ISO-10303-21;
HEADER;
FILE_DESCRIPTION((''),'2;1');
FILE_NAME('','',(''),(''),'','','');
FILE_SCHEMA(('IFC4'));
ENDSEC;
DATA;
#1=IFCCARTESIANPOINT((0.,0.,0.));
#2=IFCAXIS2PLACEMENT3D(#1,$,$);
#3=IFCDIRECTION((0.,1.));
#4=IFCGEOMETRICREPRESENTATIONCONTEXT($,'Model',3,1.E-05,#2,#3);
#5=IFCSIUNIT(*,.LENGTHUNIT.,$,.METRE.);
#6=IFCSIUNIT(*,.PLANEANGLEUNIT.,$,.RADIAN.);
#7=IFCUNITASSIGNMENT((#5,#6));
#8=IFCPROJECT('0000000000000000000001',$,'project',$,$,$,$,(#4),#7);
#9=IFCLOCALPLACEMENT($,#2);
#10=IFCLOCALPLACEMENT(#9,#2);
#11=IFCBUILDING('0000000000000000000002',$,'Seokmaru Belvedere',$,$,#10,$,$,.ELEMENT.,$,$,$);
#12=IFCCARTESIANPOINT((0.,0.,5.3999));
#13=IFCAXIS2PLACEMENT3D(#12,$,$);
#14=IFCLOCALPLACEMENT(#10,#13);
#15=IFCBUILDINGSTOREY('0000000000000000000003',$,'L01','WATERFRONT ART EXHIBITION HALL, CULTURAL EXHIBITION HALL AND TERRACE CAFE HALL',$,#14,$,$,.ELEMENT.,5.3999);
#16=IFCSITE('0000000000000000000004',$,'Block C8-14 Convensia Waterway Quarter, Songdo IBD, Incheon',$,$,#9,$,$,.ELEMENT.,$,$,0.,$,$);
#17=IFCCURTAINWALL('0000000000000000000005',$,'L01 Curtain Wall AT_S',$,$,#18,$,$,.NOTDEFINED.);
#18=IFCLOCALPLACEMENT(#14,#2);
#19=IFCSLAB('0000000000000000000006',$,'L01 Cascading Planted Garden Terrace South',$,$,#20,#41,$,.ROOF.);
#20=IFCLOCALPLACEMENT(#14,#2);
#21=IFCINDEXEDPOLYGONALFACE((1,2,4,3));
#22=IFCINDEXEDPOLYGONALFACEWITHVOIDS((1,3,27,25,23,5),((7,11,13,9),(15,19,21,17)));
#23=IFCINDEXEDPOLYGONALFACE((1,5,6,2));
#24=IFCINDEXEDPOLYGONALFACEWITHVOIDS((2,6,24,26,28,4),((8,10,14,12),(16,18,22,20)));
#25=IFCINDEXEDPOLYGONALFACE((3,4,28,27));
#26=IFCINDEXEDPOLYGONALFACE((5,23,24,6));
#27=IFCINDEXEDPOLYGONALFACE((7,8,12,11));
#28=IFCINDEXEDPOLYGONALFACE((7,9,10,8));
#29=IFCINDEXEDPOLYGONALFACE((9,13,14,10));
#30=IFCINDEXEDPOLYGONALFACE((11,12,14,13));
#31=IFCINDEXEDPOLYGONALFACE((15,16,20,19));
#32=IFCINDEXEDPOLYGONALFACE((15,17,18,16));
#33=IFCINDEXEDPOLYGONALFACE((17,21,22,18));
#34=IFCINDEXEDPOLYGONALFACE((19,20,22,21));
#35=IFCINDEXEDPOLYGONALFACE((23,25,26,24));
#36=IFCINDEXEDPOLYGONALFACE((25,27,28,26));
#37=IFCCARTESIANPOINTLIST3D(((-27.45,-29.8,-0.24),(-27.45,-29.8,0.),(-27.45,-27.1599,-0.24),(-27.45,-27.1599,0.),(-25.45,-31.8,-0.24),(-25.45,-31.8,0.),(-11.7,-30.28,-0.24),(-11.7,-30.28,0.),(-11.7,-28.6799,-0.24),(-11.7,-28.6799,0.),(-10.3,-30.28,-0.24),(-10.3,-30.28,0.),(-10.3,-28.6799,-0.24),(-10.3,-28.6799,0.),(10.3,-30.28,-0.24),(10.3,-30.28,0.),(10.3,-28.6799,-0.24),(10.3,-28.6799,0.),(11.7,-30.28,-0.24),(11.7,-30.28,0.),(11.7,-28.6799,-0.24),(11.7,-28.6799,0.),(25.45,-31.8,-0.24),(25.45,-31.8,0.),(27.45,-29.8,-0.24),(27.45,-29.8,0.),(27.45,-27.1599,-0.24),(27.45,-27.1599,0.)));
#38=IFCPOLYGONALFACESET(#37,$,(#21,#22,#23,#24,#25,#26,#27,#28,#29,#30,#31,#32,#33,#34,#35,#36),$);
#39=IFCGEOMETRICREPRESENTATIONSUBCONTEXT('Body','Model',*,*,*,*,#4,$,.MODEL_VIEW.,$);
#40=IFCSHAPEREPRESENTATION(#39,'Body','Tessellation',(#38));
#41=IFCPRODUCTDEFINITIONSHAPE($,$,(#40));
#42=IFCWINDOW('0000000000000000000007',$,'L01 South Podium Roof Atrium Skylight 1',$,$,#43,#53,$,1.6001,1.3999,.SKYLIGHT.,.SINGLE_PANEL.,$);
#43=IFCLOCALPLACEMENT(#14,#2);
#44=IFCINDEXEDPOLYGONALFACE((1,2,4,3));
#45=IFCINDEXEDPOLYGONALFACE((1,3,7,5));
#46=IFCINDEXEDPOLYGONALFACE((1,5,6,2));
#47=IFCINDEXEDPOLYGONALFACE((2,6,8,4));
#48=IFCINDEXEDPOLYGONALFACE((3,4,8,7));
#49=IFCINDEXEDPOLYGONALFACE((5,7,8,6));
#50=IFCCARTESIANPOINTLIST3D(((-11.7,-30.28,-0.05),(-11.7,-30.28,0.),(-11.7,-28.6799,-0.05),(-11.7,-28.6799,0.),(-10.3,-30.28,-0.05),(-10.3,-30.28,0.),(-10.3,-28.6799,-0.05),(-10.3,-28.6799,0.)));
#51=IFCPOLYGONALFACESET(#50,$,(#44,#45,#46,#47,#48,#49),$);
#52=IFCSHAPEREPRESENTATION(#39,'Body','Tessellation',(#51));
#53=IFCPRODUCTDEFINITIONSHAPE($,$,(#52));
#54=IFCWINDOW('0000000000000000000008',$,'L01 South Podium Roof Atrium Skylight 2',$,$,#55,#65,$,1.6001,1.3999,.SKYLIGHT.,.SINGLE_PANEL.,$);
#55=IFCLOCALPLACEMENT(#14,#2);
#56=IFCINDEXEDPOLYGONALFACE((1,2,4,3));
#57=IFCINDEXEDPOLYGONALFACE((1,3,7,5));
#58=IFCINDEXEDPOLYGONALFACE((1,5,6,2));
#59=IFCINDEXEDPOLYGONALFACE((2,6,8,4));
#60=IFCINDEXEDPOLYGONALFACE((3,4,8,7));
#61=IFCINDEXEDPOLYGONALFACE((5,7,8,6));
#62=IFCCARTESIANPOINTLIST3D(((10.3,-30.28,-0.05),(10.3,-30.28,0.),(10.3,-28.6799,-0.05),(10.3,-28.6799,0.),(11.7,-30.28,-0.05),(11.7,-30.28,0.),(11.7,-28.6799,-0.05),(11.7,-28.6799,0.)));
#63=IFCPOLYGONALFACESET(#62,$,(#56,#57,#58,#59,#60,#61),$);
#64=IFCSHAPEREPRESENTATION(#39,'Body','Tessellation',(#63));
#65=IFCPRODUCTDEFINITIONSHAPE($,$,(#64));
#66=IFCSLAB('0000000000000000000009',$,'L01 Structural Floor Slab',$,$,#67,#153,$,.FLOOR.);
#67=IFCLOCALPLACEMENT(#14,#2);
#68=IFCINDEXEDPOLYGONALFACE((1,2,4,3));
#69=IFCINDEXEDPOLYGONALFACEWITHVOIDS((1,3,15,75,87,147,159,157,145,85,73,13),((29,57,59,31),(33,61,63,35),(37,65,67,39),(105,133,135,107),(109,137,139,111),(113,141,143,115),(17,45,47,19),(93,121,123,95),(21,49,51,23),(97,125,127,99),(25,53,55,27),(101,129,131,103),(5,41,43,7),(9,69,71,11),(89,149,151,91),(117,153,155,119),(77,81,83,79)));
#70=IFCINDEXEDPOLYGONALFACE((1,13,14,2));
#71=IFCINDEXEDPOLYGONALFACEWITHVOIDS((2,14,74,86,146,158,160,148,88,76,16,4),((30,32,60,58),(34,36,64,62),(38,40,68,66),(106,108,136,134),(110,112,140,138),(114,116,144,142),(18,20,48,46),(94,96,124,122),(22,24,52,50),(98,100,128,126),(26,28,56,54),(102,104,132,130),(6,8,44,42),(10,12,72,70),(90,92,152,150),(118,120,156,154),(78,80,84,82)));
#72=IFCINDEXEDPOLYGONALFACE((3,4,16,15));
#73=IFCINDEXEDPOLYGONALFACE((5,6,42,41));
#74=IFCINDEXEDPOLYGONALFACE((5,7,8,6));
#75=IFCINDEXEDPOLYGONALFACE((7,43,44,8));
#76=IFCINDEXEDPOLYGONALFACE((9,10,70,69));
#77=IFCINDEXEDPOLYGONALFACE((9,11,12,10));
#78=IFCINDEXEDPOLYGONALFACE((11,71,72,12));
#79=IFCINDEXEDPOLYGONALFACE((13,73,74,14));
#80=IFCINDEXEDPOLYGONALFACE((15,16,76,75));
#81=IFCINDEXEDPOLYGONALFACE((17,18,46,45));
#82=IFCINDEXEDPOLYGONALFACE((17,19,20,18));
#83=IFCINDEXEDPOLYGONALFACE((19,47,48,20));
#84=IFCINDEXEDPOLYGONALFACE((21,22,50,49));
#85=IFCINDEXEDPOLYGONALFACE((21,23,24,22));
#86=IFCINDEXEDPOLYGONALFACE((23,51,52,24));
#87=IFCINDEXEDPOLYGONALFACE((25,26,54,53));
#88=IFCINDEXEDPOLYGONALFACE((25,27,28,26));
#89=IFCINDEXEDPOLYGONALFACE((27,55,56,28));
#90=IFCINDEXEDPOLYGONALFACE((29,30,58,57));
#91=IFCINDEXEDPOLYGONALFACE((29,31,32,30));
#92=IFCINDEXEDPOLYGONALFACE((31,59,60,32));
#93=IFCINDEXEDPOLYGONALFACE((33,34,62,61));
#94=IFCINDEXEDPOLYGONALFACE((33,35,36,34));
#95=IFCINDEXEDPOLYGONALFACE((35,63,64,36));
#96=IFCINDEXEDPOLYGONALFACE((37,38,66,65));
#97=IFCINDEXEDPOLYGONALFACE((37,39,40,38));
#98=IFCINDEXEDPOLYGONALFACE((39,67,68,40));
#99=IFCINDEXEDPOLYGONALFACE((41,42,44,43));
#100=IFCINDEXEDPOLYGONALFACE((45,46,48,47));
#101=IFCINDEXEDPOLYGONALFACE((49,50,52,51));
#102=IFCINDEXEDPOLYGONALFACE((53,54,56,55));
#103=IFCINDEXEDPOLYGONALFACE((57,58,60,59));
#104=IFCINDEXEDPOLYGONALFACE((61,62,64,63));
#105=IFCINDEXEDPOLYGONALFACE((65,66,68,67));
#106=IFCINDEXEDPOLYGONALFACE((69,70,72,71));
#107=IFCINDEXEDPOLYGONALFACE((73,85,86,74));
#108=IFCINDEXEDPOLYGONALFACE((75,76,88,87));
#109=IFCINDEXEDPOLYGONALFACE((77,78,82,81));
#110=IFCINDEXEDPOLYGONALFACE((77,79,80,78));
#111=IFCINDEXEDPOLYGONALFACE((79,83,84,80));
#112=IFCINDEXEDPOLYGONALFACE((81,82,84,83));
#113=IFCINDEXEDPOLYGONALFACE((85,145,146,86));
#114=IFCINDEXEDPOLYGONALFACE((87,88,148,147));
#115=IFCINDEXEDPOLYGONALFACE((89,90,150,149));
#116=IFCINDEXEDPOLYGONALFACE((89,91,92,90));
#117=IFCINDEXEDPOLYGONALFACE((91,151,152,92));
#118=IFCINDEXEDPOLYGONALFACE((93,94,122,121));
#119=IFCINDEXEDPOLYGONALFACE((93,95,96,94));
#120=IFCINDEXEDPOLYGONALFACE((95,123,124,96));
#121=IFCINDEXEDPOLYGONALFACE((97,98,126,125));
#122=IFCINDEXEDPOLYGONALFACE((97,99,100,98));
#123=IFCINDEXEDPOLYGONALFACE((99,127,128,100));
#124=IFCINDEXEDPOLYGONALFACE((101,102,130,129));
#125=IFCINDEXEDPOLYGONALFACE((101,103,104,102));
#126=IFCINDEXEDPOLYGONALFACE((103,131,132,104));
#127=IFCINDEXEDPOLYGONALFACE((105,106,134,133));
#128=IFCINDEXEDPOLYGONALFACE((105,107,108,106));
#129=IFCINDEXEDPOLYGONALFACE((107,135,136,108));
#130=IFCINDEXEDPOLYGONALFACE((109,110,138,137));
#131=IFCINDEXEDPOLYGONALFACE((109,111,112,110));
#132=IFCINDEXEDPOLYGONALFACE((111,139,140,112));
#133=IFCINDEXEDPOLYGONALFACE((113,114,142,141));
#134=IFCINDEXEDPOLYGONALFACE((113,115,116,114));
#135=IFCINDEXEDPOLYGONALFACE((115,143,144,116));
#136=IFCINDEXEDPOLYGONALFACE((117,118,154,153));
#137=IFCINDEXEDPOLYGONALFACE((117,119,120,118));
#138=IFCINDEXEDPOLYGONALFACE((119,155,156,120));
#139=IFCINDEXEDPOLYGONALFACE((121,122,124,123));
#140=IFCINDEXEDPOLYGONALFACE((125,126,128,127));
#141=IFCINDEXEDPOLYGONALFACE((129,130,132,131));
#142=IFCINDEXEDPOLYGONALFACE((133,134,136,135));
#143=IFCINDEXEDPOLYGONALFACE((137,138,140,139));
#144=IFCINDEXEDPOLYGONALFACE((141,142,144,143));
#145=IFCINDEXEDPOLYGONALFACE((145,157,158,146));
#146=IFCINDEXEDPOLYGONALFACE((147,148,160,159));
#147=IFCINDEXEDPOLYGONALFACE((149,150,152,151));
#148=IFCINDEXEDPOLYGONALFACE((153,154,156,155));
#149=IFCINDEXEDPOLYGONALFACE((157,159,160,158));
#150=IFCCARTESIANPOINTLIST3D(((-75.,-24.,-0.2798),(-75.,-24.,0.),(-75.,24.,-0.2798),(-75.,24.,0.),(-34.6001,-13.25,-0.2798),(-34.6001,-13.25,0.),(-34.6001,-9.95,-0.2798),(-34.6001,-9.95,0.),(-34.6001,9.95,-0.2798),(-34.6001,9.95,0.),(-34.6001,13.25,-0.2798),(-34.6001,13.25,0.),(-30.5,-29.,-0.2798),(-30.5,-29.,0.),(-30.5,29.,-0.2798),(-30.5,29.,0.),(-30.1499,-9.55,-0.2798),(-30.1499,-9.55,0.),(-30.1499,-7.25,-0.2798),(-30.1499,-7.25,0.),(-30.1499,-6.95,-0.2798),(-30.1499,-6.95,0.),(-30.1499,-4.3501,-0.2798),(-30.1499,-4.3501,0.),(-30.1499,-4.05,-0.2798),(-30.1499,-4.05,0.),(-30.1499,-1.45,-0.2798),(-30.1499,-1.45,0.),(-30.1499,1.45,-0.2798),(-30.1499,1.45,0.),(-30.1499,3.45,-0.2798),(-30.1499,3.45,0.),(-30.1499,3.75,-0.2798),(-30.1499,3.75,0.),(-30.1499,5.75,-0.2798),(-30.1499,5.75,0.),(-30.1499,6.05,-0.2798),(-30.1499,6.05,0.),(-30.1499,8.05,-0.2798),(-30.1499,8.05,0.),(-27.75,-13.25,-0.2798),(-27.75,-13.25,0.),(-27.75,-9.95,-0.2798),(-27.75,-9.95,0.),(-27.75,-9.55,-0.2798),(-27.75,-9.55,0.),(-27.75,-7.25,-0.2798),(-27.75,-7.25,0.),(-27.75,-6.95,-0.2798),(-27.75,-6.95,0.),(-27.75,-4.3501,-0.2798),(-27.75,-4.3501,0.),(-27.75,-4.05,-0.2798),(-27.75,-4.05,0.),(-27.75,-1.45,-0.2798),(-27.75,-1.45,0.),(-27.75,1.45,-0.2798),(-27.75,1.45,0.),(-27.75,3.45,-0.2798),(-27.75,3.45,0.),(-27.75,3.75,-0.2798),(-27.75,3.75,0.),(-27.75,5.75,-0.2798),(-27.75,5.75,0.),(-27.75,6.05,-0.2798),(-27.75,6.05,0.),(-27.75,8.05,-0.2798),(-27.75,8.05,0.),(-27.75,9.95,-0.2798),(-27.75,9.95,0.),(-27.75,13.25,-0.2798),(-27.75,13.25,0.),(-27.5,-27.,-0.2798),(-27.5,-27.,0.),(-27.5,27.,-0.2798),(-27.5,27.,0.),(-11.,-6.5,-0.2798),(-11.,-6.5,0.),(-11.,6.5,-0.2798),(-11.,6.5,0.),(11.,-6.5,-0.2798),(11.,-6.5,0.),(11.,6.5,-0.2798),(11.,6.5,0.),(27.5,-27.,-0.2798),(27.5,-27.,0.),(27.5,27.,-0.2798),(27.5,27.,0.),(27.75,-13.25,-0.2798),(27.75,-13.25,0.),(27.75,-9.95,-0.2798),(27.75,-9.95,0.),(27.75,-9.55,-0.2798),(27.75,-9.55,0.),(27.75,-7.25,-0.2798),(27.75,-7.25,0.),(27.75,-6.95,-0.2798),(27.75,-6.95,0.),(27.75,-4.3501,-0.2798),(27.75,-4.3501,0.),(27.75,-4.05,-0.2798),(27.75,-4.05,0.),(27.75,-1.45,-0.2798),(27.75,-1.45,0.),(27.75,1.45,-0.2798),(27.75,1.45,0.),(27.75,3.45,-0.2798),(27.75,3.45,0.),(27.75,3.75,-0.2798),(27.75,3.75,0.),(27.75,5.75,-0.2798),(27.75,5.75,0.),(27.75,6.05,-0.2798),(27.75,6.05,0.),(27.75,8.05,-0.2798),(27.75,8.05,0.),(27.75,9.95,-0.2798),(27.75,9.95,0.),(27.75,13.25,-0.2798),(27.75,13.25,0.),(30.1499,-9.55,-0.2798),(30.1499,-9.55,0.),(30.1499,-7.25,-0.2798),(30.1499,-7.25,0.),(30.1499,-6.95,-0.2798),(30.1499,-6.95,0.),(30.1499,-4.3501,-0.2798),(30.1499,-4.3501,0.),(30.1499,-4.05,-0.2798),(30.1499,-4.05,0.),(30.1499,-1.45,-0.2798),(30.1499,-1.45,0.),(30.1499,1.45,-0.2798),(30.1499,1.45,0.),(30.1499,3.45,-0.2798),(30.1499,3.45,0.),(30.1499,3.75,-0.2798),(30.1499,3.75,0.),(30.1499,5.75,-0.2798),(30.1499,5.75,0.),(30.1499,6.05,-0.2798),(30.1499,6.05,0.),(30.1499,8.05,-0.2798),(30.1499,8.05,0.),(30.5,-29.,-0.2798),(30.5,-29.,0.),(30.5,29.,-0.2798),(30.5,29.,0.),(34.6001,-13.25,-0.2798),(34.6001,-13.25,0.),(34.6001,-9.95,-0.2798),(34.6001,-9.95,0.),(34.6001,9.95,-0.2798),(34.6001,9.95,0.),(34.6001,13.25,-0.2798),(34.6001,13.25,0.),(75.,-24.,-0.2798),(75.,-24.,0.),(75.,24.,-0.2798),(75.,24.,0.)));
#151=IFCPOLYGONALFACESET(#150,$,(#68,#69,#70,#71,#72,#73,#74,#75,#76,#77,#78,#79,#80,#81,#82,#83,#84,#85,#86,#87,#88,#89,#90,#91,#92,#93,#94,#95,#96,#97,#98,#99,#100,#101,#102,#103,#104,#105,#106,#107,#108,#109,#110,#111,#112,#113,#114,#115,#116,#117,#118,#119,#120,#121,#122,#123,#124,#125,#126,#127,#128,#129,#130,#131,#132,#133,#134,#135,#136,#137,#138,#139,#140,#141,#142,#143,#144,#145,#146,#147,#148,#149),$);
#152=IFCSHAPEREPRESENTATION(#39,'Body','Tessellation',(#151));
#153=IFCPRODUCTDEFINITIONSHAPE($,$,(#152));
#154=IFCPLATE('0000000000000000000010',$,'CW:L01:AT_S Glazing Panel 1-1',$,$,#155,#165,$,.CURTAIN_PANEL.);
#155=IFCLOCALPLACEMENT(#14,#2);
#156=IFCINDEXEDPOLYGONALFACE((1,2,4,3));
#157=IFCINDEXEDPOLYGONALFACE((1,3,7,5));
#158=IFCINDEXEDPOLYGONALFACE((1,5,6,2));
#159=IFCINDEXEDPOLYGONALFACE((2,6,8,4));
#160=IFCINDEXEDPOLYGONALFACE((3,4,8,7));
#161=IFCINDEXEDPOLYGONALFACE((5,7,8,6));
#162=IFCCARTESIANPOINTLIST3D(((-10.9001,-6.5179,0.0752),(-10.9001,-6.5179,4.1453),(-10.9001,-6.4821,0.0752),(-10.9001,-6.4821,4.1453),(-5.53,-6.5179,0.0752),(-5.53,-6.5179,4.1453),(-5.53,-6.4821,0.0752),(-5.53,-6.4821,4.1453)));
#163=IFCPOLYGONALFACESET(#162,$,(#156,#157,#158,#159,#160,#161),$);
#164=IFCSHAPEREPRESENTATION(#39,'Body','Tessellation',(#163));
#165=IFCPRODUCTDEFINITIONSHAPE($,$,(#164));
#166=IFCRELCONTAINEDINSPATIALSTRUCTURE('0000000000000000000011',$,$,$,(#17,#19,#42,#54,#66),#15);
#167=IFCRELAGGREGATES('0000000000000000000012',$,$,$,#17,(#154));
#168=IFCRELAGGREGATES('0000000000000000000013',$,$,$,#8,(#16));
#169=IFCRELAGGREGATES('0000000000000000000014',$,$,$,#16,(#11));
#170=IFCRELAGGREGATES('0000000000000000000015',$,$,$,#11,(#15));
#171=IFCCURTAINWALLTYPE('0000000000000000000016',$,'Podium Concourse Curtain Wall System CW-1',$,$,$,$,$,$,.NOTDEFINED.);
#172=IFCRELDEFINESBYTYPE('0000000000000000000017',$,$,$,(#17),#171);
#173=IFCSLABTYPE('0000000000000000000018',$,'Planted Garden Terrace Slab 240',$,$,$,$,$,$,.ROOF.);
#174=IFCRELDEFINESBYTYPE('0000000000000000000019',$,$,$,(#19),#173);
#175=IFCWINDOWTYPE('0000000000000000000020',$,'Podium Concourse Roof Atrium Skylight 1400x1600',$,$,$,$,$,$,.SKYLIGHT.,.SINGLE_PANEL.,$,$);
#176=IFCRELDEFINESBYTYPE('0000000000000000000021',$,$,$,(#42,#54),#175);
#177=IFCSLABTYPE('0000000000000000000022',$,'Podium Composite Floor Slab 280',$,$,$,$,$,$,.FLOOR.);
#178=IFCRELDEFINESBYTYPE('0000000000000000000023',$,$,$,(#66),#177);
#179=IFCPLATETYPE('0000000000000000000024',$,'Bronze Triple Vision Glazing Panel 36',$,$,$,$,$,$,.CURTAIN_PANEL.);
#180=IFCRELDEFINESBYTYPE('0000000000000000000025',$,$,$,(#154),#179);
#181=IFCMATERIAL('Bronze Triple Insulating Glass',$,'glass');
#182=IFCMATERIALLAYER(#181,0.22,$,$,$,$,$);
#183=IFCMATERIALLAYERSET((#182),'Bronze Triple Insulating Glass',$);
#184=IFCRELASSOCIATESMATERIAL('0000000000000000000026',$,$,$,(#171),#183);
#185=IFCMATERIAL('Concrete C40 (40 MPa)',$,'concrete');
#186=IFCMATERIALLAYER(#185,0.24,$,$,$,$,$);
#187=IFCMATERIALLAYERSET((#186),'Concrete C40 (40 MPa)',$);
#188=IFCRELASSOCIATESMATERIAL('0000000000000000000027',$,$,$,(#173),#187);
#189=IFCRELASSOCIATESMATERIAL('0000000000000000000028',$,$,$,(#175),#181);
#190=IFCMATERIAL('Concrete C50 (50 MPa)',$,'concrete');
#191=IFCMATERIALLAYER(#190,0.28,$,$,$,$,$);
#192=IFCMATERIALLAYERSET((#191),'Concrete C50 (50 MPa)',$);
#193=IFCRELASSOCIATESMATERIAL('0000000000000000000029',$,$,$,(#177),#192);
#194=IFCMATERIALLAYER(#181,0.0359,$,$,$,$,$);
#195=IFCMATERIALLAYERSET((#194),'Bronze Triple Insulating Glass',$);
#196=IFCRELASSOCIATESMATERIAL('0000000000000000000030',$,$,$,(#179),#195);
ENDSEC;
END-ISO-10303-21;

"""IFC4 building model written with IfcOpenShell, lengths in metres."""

from ifc_helpers import new_model, si_unit, direction, frame, origin, origin_2d, place, context, subcontext, project, spatial, polyline, rectangle, outline, extrude, source, transform, mapped, material, layer, layer_set, type_object, element, fill, aggregate, save


model = new_model("IFC4")

# Units and contexts
model_context = context("Model", 3, precision=1e-05, world=origin(), true_north=direction((0.0, 1.0)))
body_context = subcontext(model_context, "Body", "Model", "MODEL_VIEW")
ifc_project = project(units=[si_unit("LENGTHUNIT", "METRE"), si_unit("PLANEANGLEUNIT", "RADIAN")], contexts=[model_context])

# Site, building, storey
site_placement = place(None, origin())
site = spatial("IfcSite", under=ifc_project, at=site_placement, Name="Block C8-14 Convensia Waterway Quarter, Songdo IBD, Incheon", CompositionType="ELEMENT", RefElevation=0.0)
building_placement = place(site_placement, origin())
building = spatial("IfcBuilding", under=site, at=building_placement, Name="Seokmaru Belvedere", CompositionType="ELEMENT")
storey_placement = place(building_placement, frame((0.0, 0.0, 5.3999)))
storey = spatial("IfcBuildingStorey", under=building, at=storey_placement, Name="L01", Description="WATERFRONT ART EXHIBITION HALL, CULTURAL EXHIBITION HALL AND TERRACE CAFE HALL", CompositionType="ELEMENT", Elevation=5.3999)

# Curtain wall
ifc_material_1 = material(Name="Bronze Triple Insulating Glass", Category="glass")
ifc_layer_1 = layer(ifc_material_1, 0.22)
ifc_layer_set_1 = layer_set([ifc_layer_1], Name="Bronze Triple Insulating Glass")
curtain_wall_type = type_object("IfcCurtainWallType", Name="Podium Concourse Curtain Wall System CW-1", PredefinedType="NOTDEFINED", material=ifc_layer_set_1)
curtain_wall_1_placement = place(storey_placement, origin())
curtain_wall_1 = element("IfcCurtainWall", 1, at=curtain_wall_1_placement, inside=storey, type_object=curtain_wall_type, Name="L01 Curtain Wall AT_S", PredefinedType="NOTDEFINED")

# Slab, openings, windows
ifc_material_2 = material(Name="Concrete C40 (40 MPa)", Category="concrete")
ifc_layer_2 = layer(ifc_material_2, 0.24)
ifc_layer_set_2 = layer_set([ifc_layer_2], Name="Concrete C40 (40 MPa)")
slab_type_1 = type_object("IfcSlabType", Name="Planted Garden Terrace Slab 240", PredefinedType="ROOF", material=ifc_layer_set_2)
slab_1_placement = place(storey_placement, frame((0.0, 0.0, -0.24)))
slab_1 = element("IfcSlab", 2, at=slab_1_placement, inside=storey, type_object=slab_type_1, Name="L01 Cascading Planted Garden Terrace South", PredefinedType="ROOF", context=body_context, shape_type="SweptSolid", body=[
    extrude(outline(polyline([(-25.45, -31.8), (25.45, -31.8), (27.45, -29.8), (27.45, -27.1599), (-27.45, -27.1599), (-27.45, -29.8), (-25.45, -31.8)])), origin(), (0.0, 0.0, 1.0), 0.24),
])
opening_1_placement = place(slab_1_placement, frame((-11.0, -29.48, -0.01)))
opening_1 = element("IfcOpeningElement", 3, at=opening_1_placement, cuts=slab_1, PredefinedType="OPENING", context=body_context, shape_type="SweptSolid", body=[
    extrude(rectangle(XDim=1.3999, YDim=1.6001, at=origin_2d()), origin(), (0.0, 0.0, 1.0), 0.26),
])
opening_2_placement = place(slab_1_placement, frame((11.0, -29.48, -0.01)))
opening_2 = element("IfcOpeningElement", 4, at=opening_2_placement, cuts=slab_1, PredefinedType="OPENING", context=body_context, shape_type="SweptSolid", body=[
    extrude(rectangle(XDim=1.3999, YDim=1.6001, at=origin_2d()), origin(), (0.0, 0.0, 1.0), 0.26),
])
window_type = type_object("IfcWindowType", Name="Podium Concourse Roof Atrium Skylight 1400x1600", PartitioningType="SINGLE_PANEL", PredefinedType="SKYLIGHT", material=ifc_material_1)
window_1_placement = place(opening_1_placement, frame((0.0, 0.0, 0.2)))
window_1 = element("IfcWindow", 5, at=window_1_placement, inside=storey, type_object=window_type, Name="L01 South Podium Roof Atrium Skylight 1", OverallHeight=1.6001, OverallWidth=1.3999, PartitioningType="SINGLE_PANEL", PredefinedType="SKYLIGHT", context=body_context, shape_type="SweptSolid", body=[
    extrude(rectangle(XDim=1.3999, YDim=1.6001, at=origin_2d()), origin(), (0.0, 0.0, 1.0), 0.05),
])
fill(opening_1, window_1)
window_2_placement = place(opening_2_placement, frame((0.0, 0.0, 0.2)))
window_2 = element("IfcWindow", 6, at=window_2_placement, inside=storey, type_object=window_type, Name="L01 South Podium Roof Atrium Skylight 2", OverallHeight=1.6001, OverallWidth=1.3999, PartitioningType="SINGLE_PANEL", PredefinedType="SKYLIGHT", context=body_context, shape_type="SweptSolid", body=[
    extrude(rectangle(XDim=1.3999, YDim=1.6001, at=origin_2d()), origin(), (0.0, 0.0, 1.0), 0.05),
])
fill(opening_2, window_2)

# Slab
ifc_material_3 = material(Name="Concrete C50 (50 MPa)", Category="concrete")
ifc_layer_3 = layer(ifc_material_3, 0.28)
ifc_layer_set_3 = layer_set([ifc_layer_3], Name="Concrete C50 (50 MPa)")
slab_type_2 = type_object("IfcSlabType", Name="Podium Composite Floor Slab 280", PredefinedType="FLOOR", material=ifc_layer_set_3)
slab_2_placement = place(storey_placement, frame((0.0, 0.0, -0.2798)))
element("IfcSlab", 7, at=slab_2_placement, inside=storey, type_object=slab_type_2, Name="L01 Structural Floor Slab", PredefinedType="FLOOR", context=body_context, shape_type="SweptSolid", body=[
    extrude(outline(polyline([(-75.0, -24.0), (-30.5, -29.0), (-27.5, -27.0), (27.5, -27.0), (30.5, -29.0), (75.0, -24.0), (75.0, 24.0), (30.5, 29.0), (27.5, 27.0), (-27.5, 27.0), (-30.5, 29.0), (-75.0, 24.0), (-75.0, -24.0)]), holes=[polyline([(-34.6001, -13.25), (-27.75, -13.25), (-27.75, -9.95), (-34.6001, -9.95), (-34.6001, -13.25)]), polyline([(-34.6001, 9.95), (-27.75, 9.95), (-27.75, 13.25), (-34.6001, 13.25), (-34.6001, 9.95)]), polyline([(27.75, -13.25), (34.6001, -13.25), (34.6001, -9.95), (27.75, -9.95), (27.75, -13.25)]), polyline([(27.75, 9.95), (34.6001, 9.95), (34.6001, 13.25), (27.75, 13.25), (27.75, 9.95)]), polyline([(-30.1499, -9.55), (-27.75, -9.55), (-27.75, -7.25), (-30.1499, -7.25), (-30.1499, -9.55)]), polyline([(-30.1499, -6.95), (-27.75, -6.95), (-27.75, -4.3501), (-30.1499, -4.3501), (-30.1499, -6.95)]), polyline([(-30.1499, -4.05), (-27.75, -4.05), (-27.75, -1.45), (-30.1499, -1.45), (-30.1499, -4.05)]), polyline([(-30.1499, 1.45), (-27.75, 1.45), (-27.75, 3.45), (-30.1499, 3.45), (-30.1499, 1.45)]), polyline([(-30.1499, 3.75), (-27.75, 3.75), (-27.75, 5.75), (-30.1499, 5.75), (-30.1499, 3.75)]), polyline([(-30.1499, 6.05), (-27.75, 6.05), (-27.75, 8.05), (-30.1499, 8.05), (-30.1499, 6.05)]), polyline([(27.75, -9.55), (30.1499, -9.55), (30.1499, -7.25), (27.75, -7.25), (27.75, -9.55)]), polyline([(27.75, -6.95), (30.1499, -6.95), (30.1499, -4.3501), (27.75, -4.3501), (27.75, -6.95)]), polyline([(27.75, -4.05), (30.1499, -4.05), (30.1499, -1.45), (27.75, -1.45), (27.75, -4.05)]), polyline([(27.75, 1.45), (30.1499, 1.45), (30.1499, 3.45), (27.75, 3.45), (27.75, 1.45)]), polyline([(27.75, 3.75), (30.1499, 3.75), (30.1499, 5.75), (27.75, 5.75), (27.75, 3.75)]), polyline([(27.75, 6.05), (30.1499, 6.05), (30.1499, 8.05), (27.75, 8.05), (27.75, 6.05)]), polyline([(-11.0, -6.5), (11.0, -6.5), (11.0, 6.5), (-11.0, 6.5), (-11.0, -6.5)])]), origin(), (0.0, 0.0, 1.0), 0.2798),
])

# Plate
ifc_layer_4 = layer(ifc_material_1, 0.0359)
ifc_layer_set_4 = layer_set([ifc_layer_4], Name="Bronze Triple Insulating Glass")
plate_type = type_object("IfcPlateType", Name="Bronze Triple Vision Glazing Panel 36", PredefinedType="CURTAIN_PANEL", material=ifc_layer_set_4)
shared_shape_1 = source(origin(), body_context, "Body", "SweptSolid", [
    extrude(rectangle(XDim=5.3701, YDim=0.0359, at=origin_2d()), origin(), (0.0, 0.0, 1.0), 4.0701),
])
plate_1_placement = place(storey_placement, frame((-8.2151, -6.5, 0.0752), z_axis=(0.0, 0.0, 1.0), x_axis=(1.0, 0.0, 0.0)))
plate_1 = element("IfcPlate", 8, at=plate_1_placement, type_object=plate_type, Name="CW:L01:AT_S Glazing Panel 1-1", PredefinedType="CURTAIN_PANEL", context=body_context, shape_type="MappedRepresentation", body=[
    mapped(shared_shape_1, transform((0.0, 0.0, 0.0), scale=1.0)),
])
aggregate(curtain_wall_1, [plate_1])

save(model, "model.ifc")
